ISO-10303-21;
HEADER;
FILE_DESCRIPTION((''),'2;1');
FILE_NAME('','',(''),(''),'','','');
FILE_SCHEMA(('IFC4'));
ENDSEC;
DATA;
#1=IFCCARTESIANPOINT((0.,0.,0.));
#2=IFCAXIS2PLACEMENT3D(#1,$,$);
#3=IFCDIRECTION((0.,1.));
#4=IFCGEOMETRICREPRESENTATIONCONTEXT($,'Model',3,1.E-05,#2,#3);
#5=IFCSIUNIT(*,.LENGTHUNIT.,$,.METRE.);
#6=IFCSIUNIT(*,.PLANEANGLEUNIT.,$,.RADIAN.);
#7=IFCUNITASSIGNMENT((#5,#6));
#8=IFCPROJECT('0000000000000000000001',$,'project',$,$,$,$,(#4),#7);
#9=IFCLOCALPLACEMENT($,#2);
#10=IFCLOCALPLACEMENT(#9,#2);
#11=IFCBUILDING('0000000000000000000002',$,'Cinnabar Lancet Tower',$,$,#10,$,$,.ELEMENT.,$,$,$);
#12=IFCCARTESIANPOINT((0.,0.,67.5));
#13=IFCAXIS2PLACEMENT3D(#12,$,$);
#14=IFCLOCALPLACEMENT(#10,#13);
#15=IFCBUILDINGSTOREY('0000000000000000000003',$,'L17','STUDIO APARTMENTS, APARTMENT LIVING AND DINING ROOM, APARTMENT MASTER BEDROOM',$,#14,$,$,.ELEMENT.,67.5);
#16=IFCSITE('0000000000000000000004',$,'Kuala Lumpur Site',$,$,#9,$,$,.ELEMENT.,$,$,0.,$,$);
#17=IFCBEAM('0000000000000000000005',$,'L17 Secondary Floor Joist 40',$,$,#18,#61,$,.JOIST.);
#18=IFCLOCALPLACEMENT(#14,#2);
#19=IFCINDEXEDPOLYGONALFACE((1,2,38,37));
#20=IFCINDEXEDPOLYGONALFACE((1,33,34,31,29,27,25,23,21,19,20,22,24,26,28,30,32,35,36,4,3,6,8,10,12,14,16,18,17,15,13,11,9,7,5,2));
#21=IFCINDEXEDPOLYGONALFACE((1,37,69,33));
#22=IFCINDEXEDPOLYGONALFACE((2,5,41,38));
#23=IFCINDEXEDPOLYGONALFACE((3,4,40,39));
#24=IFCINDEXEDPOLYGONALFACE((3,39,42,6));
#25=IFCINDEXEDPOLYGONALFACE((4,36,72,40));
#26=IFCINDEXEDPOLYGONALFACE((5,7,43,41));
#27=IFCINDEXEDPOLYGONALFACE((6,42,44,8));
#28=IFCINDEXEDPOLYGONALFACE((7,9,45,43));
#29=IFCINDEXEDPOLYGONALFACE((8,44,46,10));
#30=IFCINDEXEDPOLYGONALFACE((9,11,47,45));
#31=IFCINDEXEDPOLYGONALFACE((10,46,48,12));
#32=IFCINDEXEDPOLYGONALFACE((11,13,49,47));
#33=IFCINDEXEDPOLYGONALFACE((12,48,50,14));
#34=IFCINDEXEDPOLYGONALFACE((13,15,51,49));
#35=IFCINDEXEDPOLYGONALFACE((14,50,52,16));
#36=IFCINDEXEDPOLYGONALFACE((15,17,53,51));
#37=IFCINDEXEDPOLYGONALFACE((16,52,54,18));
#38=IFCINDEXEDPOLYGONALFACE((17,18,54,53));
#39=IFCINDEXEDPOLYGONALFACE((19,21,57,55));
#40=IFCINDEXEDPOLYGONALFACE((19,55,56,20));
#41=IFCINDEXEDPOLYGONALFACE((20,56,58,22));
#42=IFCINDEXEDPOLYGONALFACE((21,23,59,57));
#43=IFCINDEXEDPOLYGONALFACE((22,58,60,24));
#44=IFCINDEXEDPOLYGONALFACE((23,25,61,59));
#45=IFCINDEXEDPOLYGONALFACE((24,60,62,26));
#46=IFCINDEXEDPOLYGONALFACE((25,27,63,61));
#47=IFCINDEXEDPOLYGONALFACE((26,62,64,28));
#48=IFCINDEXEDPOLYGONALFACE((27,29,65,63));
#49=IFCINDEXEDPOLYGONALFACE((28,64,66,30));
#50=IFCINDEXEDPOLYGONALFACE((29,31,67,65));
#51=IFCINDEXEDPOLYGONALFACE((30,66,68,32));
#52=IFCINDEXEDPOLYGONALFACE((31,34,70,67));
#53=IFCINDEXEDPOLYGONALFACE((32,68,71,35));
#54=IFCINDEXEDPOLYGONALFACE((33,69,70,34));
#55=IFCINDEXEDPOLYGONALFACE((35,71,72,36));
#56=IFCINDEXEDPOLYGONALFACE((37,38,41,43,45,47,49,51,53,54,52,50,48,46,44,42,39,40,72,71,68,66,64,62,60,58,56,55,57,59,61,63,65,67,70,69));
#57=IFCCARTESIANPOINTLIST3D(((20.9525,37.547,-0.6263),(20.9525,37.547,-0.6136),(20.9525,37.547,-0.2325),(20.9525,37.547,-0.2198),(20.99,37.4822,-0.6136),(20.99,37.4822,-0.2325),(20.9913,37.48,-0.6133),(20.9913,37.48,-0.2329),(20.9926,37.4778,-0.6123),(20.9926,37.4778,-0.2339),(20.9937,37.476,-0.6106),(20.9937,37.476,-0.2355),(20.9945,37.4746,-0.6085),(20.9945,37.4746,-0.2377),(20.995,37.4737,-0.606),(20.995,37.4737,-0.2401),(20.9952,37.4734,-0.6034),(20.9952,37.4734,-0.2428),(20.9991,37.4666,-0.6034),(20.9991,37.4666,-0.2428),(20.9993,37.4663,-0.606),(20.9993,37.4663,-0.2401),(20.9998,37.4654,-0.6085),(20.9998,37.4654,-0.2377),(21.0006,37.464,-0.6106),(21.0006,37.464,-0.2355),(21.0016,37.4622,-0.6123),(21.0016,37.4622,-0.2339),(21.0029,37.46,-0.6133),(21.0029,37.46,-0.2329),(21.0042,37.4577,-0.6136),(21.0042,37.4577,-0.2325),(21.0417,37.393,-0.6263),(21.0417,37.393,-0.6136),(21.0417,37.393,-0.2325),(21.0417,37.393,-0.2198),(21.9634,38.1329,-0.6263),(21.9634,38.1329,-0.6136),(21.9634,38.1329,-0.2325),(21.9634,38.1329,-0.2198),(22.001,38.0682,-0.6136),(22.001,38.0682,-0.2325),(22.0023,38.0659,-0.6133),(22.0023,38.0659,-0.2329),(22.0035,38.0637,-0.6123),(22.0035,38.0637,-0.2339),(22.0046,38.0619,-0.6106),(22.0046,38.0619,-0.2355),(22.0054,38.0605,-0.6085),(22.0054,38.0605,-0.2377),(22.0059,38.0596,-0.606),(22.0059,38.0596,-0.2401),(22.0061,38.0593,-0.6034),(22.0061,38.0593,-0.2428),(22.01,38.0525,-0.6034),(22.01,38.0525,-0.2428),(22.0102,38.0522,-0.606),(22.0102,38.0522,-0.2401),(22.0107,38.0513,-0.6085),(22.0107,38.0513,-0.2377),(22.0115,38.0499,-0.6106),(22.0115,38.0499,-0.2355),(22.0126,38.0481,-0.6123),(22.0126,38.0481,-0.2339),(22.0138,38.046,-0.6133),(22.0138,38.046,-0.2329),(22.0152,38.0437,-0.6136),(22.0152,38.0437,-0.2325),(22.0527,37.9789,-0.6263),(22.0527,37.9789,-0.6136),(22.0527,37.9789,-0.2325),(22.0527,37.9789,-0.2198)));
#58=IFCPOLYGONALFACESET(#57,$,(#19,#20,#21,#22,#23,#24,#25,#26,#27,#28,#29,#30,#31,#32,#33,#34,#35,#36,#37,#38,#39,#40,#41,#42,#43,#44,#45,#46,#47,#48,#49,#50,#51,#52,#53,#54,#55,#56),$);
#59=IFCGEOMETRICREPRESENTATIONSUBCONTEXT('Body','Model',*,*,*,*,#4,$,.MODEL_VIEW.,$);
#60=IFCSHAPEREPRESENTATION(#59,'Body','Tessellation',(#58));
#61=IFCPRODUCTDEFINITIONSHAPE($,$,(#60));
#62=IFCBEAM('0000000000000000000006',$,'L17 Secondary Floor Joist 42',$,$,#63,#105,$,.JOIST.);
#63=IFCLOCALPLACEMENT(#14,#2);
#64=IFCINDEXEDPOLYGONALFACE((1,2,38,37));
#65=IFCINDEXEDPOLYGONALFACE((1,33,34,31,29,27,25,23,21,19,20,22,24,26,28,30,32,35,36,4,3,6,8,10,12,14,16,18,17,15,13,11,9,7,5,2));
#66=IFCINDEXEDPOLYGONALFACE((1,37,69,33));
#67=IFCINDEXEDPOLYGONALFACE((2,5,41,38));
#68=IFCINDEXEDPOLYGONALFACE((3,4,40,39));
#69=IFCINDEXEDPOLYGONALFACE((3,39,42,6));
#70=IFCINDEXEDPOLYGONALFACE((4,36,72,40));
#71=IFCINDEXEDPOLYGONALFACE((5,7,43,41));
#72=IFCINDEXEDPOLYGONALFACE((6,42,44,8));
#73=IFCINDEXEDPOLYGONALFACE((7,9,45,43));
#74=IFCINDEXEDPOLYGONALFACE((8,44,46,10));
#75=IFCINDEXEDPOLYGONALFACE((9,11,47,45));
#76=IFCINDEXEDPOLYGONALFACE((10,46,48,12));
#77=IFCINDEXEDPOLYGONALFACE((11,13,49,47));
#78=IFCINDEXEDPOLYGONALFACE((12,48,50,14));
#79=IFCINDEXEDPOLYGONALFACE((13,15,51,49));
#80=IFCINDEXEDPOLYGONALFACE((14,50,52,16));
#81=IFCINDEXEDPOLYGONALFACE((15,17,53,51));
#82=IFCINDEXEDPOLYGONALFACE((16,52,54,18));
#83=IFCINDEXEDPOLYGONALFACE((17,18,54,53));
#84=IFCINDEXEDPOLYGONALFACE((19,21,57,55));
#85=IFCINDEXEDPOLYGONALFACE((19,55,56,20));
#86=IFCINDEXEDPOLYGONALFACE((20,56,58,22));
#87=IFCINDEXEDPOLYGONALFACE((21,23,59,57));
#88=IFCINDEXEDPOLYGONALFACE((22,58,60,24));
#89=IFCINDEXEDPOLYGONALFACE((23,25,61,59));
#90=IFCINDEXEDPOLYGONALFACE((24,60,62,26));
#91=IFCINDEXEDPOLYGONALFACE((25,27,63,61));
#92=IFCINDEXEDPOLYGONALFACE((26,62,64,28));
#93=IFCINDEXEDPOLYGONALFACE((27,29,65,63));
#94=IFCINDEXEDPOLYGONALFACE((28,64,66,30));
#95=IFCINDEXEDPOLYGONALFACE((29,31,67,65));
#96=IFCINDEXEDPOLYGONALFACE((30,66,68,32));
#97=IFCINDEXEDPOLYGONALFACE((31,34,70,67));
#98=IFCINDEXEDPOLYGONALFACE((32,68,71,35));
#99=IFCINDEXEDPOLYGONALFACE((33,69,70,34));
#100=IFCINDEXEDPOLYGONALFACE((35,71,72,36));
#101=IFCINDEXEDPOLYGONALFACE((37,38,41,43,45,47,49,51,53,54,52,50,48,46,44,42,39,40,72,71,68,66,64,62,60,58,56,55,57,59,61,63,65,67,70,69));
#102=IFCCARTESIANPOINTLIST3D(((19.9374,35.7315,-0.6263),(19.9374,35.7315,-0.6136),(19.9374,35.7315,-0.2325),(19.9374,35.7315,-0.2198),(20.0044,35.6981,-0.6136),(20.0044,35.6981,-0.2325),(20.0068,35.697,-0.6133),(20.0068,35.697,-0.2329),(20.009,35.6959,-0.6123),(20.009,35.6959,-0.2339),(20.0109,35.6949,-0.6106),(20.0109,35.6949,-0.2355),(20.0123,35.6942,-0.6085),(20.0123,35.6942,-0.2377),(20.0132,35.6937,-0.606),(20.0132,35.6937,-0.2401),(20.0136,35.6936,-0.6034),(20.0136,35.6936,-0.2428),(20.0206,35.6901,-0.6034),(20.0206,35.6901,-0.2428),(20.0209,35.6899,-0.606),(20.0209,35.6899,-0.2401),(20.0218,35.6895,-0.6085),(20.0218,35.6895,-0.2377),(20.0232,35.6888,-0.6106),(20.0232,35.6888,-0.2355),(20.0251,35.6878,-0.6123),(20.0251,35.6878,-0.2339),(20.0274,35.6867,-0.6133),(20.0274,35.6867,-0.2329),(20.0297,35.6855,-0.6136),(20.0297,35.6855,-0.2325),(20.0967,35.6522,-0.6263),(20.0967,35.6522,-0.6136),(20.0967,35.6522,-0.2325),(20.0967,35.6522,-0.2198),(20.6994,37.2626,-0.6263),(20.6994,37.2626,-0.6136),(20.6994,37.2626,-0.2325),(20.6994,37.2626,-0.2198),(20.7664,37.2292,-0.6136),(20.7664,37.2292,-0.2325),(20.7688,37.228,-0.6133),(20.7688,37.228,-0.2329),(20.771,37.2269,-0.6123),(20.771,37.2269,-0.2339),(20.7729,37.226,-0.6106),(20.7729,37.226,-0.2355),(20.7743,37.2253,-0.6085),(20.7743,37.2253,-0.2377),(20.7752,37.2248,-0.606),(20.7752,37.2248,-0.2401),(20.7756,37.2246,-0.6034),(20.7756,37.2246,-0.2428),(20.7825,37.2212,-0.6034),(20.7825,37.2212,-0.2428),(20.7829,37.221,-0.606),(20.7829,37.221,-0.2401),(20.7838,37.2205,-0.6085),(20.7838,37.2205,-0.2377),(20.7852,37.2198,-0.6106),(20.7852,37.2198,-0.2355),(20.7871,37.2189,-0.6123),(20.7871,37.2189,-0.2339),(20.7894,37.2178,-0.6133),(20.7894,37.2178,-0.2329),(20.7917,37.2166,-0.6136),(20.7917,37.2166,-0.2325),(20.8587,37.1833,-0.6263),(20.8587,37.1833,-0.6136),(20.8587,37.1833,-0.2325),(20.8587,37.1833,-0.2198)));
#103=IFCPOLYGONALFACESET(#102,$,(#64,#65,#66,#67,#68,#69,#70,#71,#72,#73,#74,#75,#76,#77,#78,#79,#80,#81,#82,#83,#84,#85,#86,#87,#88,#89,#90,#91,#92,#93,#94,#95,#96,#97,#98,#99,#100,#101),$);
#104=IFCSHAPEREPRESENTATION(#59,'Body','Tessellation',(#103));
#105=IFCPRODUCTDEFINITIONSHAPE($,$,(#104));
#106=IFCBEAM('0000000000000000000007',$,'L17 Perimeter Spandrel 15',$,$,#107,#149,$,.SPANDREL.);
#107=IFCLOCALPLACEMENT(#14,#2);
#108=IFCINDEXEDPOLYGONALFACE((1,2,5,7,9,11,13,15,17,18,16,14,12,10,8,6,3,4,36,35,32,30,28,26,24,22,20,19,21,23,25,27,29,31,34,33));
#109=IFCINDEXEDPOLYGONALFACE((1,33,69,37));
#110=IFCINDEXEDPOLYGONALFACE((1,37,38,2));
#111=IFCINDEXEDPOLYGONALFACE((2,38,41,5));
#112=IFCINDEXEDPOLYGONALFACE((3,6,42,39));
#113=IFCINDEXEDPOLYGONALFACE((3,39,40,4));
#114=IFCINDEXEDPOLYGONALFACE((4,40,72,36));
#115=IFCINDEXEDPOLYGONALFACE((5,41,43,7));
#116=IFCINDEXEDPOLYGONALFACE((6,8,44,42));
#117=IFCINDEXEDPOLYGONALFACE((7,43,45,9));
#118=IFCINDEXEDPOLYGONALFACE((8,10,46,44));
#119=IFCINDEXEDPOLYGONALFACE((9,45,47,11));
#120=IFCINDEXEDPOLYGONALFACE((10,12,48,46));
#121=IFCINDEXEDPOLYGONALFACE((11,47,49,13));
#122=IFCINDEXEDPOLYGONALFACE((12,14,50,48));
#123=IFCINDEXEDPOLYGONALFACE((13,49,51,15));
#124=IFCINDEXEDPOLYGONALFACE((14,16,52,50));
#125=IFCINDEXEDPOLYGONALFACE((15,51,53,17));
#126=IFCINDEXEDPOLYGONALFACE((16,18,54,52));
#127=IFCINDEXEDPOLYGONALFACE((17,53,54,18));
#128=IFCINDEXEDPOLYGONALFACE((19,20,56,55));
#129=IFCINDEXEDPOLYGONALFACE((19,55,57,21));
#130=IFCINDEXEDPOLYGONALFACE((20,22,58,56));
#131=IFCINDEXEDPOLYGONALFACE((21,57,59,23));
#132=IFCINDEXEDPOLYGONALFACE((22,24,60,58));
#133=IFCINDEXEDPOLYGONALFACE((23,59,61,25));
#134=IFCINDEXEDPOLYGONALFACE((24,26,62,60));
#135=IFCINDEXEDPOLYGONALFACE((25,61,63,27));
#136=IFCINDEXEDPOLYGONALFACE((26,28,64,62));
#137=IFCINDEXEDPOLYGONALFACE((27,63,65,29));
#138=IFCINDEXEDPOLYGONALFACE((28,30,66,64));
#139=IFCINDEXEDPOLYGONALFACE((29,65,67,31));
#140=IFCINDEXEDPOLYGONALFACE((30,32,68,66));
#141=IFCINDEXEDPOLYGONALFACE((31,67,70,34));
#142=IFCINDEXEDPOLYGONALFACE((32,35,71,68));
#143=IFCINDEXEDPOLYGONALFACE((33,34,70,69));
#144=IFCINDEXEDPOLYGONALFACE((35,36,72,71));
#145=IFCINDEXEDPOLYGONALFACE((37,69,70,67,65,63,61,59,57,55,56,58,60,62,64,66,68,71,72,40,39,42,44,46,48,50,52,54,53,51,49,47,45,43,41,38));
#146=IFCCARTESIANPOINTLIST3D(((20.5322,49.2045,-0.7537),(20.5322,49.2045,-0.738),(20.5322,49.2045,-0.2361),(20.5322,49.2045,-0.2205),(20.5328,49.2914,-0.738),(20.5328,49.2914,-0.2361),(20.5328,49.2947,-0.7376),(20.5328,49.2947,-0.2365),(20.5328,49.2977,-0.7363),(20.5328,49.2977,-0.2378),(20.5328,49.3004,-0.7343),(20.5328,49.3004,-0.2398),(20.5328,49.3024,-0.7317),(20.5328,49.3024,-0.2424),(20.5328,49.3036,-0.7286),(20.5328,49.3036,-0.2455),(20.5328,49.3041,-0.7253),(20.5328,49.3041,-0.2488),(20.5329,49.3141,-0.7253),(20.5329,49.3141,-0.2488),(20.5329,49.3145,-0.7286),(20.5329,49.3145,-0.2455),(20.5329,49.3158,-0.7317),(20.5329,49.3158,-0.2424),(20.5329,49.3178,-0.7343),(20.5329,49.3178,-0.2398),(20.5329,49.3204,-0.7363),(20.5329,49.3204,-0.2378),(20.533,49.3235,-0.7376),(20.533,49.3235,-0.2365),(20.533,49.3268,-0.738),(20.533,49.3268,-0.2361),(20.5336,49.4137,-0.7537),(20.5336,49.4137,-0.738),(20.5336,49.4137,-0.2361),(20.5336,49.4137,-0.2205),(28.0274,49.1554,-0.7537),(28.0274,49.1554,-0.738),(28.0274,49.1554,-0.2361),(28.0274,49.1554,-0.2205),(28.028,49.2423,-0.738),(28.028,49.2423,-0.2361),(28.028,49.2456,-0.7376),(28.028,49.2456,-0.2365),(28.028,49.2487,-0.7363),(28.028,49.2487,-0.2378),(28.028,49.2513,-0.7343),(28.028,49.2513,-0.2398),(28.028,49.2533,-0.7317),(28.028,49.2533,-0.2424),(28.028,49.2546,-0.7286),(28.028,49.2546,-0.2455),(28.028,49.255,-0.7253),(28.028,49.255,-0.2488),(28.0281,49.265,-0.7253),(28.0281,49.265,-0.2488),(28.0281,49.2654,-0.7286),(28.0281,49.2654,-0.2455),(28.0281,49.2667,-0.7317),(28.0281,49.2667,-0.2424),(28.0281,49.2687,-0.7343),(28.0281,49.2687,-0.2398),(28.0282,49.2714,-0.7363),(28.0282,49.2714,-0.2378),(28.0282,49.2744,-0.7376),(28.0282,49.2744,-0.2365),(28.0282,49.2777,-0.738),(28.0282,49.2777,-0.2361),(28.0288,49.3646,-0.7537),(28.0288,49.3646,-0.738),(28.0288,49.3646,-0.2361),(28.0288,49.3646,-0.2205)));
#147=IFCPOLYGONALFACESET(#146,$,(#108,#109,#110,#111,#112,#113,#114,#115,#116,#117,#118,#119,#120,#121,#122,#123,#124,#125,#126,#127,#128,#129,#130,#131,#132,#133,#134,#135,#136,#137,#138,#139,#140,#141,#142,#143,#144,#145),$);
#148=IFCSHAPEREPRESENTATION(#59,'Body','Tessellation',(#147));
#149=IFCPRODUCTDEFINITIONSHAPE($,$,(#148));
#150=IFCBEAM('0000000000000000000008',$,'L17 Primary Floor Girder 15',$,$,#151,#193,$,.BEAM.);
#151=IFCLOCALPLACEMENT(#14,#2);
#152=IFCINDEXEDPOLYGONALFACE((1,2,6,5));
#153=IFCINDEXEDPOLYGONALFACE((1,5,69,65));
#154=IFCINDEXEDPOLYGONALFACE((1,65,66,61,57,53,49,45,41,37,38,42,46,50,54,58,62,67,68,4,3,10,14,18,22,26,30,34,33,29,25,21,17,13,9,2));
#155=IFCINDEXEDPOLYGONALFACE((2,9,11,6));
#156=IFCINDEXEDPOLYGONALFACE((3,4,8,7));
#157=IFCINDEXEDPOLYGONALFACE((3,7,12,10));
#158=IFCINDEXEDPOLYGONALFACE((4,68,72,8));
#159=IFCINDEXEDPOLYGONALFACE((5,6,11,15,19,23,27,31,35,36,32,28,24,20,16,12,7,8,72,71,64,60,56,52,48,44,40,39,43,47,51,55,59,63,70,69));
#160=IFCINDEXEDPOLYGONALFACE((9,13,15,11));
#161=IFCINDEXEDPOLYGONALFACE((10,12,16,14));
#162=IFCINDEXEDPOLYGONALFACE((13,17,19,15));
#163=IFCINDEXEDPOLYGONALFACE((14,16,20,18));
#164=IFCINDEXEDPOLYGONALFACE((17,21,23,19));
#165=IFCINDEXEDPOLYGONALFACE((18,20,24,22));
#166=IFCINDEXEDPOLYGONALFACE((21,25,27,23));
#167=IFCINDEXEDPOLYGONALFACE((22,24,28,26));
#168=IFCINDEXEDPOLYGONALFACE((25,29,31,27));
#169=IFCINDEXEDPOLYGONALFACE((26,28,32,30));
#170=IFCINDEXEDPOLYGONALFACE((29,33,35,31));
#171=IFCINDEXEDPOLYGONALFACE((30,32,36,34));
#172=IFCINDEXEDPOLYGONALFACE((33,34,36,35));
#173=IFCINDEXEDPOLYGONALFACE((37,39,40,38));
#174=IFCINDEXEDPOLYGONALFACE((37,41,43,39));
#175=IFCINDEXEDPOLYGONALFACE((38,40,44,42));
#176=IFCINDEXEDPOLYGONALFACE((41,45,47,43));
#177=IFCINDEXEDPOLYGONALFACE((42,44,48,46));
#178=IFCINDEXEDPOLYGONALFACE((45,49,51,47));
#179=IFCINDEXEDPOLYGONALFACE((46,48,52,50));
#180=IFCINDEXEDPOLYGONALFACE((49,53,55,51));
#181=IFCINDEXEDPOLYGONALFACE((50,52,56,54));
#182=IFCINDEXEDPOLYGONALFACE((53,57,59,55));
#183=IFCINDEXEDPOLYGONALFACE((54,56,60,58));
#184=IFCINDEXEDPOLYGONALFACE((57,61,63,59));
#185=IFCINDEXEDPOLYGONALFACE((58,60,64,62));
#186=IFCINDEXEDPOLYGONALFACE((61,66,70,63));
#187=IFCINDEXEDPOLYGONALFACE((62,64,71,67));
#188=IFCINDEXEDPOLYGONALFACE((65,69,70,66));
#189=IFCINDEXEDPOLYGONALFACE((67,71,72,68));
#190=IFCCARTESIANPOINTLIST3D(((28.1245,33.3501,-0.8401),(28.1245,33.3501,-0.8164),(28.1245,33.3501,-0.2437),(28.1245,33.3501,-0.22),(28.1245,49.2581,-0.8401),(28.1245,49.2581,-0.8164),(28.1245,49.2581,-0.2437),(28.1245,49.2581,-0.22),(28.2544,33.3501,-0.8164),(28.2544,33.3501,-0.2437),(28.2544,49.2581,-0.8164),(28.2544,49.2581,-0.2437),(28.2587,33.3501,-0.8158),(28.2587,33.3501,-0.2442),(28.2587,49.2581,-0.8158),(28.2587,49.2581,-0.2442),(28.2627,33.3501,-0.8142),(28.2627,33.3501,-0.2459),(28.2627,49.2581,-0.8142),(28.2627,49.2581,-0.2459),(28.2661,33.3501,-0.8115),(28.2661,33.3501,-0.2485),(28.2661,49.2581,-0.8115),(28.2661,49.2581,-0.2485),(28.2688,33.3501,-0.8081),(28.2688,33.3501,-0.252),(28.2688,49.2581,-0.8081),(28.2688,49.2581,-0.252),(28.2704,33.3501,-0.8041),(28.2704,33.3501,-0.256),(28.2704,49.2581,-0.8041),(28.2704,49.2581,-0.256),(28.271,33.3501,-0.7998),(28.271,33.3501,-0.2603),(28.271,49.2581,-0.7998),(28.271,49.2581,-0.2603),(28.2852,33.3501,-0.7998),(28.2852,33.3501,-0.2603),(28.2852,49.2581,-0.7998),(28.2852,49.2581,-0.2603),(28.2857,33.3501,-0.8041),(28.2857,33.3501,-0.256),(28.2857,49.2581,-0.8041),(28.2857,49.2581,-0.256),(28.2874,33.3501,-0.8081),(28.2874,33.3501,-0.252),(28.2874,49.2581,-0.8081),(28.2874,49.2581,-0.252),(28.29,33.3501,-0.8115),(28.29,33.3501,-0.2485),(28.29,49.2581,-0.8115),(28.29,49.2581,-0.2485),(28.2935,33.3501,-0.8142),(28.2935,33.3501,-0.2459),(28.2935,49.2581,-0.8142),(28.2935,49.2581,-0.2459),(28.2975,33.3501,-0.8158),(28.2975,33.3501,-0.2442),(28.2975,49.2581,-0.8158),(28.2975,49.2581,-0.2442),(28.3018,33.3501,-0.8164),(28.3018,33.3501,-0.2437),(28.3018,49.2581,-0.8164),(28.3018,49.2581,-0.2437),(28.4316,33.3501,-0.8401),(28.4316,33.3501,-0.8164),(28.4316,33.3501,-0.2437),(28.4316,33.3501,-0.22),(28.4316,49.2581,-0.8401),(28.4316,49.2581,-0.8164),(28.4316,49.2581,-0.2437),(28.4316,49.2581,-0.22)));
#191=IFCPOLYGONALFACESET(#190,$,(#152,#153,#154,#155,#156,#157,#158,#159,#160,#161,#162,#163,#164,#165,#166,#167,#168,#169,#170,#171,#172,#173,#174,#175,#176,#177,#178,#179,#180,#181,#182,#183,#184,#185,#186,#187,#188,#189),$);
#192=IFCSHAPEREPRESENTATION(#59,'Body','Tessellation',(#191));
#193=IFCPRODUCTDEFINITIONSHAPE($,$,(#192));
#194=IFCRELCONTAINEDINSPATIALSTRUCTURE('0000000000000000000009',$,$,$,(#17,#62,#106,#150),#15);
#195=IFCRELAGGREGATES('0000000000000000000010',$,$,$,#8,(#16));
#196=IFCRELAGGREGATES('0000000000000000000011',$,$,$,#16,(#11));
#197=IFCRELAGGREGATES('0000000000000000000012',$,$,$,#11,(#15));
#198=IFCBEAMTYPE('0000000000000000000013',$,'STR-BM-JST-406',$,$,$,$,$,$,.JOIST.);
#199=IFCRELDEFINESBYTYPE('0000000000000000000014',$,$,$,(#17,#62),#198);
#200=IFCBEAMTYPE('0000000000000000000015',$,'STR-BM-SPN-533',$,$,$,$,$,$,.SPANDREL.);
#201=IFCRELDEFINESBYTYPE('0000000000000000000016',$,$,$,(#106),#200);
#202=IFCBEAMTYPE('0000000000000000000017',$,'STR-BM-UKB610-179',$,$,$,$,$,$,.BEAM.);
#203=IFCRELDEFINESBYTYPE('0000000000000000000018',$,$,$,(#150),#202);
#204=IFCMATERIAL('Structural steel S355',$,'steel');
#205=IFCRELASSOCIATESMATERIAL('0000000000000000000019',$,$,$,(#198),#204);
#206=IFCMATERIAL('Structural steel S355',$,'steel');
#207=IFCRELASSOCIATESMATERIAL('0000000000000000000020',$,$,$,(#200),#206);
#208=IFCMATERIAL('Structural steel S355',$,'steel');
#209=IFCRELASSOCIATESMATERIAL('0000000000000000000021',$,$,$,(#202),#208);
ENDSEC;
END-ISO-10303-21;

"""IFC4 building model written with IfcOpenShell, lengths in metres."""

from ifc_helpers import new_model, si_unit, direction, frame, origin, origin_2d, place, context, subcontext, project, spatial, i_section, extrude, material, material_profile, profile_set, type_object, element, save


model = new_model("IFC4")

# Units and contexts
model_context = context("Model", 3, precision=1e-05, world=origin(), true_north=direction((0.0, 1.0)))
body_context = subcontext(model_context, "Body", "Model", "MODEL_VIEW")
ifc_project = project(units=[si_unit("LENGTHUNIT", "METRE"), si_unit("PLANEANGLEUNIT", "RADIAN")], contexts=[model_context])

# Site, building, storey
site_placement = place(None, origin())
site = spatial("IfcSite", under=ifc_project, at=site_placement, Name="Kuala Lumpur Site", CompositionType="ELEMENT", RefElevation=0.0)
building_placement = place(site_placement, origin())
building = spatial("IfcBuilding", under=site, at=building_placement, Name="Cinnabar Lancet Tower", CompositionType="ELEMENT")
storey_placement = place(building_placement, frame((0.0, 0.0, 67.5)))
storey = spatial("IfcBuildingStorey", under=building, at=storey_placement, Name="L17", Description="STUDIO APARTMENTS, APARTMENT LIVING AND DINING ROOM, APARTMENT MASTER BEDROOM", CompositionType="ELEMENT", Elevation=67.5)

# Beams
ifc_material_1 = material(Name="Structural steel S355", Category="steel")
ifc_material_profile_1 = material_profile(ifc_material_1, i_section(OverallWidth=0.178, OverallDepth=0.4065, WebThickness=0.0078, FlangeThickness=0.0127, FilletRadius=0.0103, at=origin_2d()), Name="UKB 406x178x60")
ifc_profile_set_1 = profile_set([ifc_material_profile_1], Name="Structural steel S355")
beam_type_1 = type_object("IfcBeamType", Name="STR-BM-JST-406", PredefinedType="JOIST", material=ifc_profile_set_1)
beam_1_placement = place(storey_placement, frame((22.0081, 38.0559, -0.4231), z_axis=(-0.865193, -0.50144, 0.0), x_axis=(0.50144, -0.865193, 0.0)))
element("IfcBeam", 1, at=beam_1_placement, inside=storey, type_object=beam_type_1, Name="L17 Secondary Floor Joist 40", PredefinedType="JOIST", context=body_context, shape_type="SweptSolid", body=[
    extrude(i_section(OverallWidth=0.178, OverallDepth=0.4065, WebThickness=0.0078, FlangeThickness=0.0127, FilletRadius=0.0103, at=origin_2d()), origin(), (0.0, 0.0, 1.0), 1.1685),
])
beam_2_placement = place(storey_placement, frame((20.7791, 37.2229, -0.4231), z_axis=(-0.445557, -0.895254, 0.0), x_axis=(0.895254, -0.445557, 0.0)))
element("IfcBeam", 2, at=beam_2_placement, inside=storey, type_object=beam_type_1, Name="L17 Secondary Floor Joist 42", PredefinedType="JOIST", context=body_context, shape_type="SweptSolid", body=[
    extrude(i_section(OverallWidth=0.178, OverallDepth=0.4065, WebThickness=0.0078, FlangeThickness=0.0127, FilletRadius=0.0103, at=origin_2d()), origin(), (0.0, 0.0, 1.0), 1.7102),
])
ifc_material_2 = material(Name="Structural steel S355", Category="steel")
ifc_material_profile_2 = material_profile(ifc_material_2, i_section(OverallWidth=0.2092, OverallDepth=0.5332, WebThickness=0.01, FlangeThickness=0.0156, FilletRadius=0.0127, at=origin_2d()), Name="UKB 533x210x92")
ifc_profile_set_2 = profile_set([ifc_material_profile_2], Name="Structural steel S355")
beam_type_2 = type_object("IfcBeamType", Name="STR-BM-SPN-533", PredefinedType="SPANDREL", material=ifc_profile_set_2)
beam_3_placement = place(storey_placement, frame((28.0281, 49.26, -0.4871), z_axis=(-0.999979, 0.006547, 0.0), x_axis=(-0.006547, -0.999979, 0.0)))
element("IfcBeam", 3, at=beam_3_placement, inside=storey, type_object=beam_type_2, Name="L17 Perimeter Spandrel 15", PredefinedType="SPANDREL", context=body_context, shape_type="SweptSolid", body=[
    extrude(i_section(OverallWidth=0.2092, OverallDepth=0.5332, WebThickness=0.01, FlangeThickness=0.0156, FilletRadius=0.0127, at=origin_2d()), origin(), (0.0, 0.0, 1.0), 7.4954),
])
ifc_material_3 = material(Name="Structural steel S355", Category="steel")
ifc_material_profile_3 = material_profile(ifc_material_3, i_section(OverallWidth=0.3071, OverallDepth=0.6201, WebThickness=0.0142, FlangeThickness=0.0237, FilletRadius=0.0166, at=origin_2d()), Name="UKB 610x305x179")
ifc_profile_set_3 = profile_set([ifc_material_profile_3], Name="Structural steel S355")
beam_type_3 = type_object("IfcBeamType", Name="STR-BM-UKB610-179", PredefinedType="BEAM", material=ifc_profile_set_3)
beam_4_placement = place(storey_placement, frame((28.2781, 49.2581, -0.53), z_axis=(0.0, -1.0, 0.0), x_axis=(1.0, 0.0, 0.0)))
element("IfcBeam", 4, at=beam_4_placement, inside=storey, type_object=beam_type_3, Name="L17 Primary Floor Girder 15", PredefinedType="BEAM", context=body_context, shape_type="SweptSolid", body=[
    extrude(i_section(OverallWidth=0.3071, OverallDepth=0.6201, WebThickness=0.0142, FlangeThickness=0.0237, FilletRadius=0.0166, at=origin_2d()), origin(), (0.0, 0.0, 1.0), 15.908),
])

save(model, "model.ifc")
